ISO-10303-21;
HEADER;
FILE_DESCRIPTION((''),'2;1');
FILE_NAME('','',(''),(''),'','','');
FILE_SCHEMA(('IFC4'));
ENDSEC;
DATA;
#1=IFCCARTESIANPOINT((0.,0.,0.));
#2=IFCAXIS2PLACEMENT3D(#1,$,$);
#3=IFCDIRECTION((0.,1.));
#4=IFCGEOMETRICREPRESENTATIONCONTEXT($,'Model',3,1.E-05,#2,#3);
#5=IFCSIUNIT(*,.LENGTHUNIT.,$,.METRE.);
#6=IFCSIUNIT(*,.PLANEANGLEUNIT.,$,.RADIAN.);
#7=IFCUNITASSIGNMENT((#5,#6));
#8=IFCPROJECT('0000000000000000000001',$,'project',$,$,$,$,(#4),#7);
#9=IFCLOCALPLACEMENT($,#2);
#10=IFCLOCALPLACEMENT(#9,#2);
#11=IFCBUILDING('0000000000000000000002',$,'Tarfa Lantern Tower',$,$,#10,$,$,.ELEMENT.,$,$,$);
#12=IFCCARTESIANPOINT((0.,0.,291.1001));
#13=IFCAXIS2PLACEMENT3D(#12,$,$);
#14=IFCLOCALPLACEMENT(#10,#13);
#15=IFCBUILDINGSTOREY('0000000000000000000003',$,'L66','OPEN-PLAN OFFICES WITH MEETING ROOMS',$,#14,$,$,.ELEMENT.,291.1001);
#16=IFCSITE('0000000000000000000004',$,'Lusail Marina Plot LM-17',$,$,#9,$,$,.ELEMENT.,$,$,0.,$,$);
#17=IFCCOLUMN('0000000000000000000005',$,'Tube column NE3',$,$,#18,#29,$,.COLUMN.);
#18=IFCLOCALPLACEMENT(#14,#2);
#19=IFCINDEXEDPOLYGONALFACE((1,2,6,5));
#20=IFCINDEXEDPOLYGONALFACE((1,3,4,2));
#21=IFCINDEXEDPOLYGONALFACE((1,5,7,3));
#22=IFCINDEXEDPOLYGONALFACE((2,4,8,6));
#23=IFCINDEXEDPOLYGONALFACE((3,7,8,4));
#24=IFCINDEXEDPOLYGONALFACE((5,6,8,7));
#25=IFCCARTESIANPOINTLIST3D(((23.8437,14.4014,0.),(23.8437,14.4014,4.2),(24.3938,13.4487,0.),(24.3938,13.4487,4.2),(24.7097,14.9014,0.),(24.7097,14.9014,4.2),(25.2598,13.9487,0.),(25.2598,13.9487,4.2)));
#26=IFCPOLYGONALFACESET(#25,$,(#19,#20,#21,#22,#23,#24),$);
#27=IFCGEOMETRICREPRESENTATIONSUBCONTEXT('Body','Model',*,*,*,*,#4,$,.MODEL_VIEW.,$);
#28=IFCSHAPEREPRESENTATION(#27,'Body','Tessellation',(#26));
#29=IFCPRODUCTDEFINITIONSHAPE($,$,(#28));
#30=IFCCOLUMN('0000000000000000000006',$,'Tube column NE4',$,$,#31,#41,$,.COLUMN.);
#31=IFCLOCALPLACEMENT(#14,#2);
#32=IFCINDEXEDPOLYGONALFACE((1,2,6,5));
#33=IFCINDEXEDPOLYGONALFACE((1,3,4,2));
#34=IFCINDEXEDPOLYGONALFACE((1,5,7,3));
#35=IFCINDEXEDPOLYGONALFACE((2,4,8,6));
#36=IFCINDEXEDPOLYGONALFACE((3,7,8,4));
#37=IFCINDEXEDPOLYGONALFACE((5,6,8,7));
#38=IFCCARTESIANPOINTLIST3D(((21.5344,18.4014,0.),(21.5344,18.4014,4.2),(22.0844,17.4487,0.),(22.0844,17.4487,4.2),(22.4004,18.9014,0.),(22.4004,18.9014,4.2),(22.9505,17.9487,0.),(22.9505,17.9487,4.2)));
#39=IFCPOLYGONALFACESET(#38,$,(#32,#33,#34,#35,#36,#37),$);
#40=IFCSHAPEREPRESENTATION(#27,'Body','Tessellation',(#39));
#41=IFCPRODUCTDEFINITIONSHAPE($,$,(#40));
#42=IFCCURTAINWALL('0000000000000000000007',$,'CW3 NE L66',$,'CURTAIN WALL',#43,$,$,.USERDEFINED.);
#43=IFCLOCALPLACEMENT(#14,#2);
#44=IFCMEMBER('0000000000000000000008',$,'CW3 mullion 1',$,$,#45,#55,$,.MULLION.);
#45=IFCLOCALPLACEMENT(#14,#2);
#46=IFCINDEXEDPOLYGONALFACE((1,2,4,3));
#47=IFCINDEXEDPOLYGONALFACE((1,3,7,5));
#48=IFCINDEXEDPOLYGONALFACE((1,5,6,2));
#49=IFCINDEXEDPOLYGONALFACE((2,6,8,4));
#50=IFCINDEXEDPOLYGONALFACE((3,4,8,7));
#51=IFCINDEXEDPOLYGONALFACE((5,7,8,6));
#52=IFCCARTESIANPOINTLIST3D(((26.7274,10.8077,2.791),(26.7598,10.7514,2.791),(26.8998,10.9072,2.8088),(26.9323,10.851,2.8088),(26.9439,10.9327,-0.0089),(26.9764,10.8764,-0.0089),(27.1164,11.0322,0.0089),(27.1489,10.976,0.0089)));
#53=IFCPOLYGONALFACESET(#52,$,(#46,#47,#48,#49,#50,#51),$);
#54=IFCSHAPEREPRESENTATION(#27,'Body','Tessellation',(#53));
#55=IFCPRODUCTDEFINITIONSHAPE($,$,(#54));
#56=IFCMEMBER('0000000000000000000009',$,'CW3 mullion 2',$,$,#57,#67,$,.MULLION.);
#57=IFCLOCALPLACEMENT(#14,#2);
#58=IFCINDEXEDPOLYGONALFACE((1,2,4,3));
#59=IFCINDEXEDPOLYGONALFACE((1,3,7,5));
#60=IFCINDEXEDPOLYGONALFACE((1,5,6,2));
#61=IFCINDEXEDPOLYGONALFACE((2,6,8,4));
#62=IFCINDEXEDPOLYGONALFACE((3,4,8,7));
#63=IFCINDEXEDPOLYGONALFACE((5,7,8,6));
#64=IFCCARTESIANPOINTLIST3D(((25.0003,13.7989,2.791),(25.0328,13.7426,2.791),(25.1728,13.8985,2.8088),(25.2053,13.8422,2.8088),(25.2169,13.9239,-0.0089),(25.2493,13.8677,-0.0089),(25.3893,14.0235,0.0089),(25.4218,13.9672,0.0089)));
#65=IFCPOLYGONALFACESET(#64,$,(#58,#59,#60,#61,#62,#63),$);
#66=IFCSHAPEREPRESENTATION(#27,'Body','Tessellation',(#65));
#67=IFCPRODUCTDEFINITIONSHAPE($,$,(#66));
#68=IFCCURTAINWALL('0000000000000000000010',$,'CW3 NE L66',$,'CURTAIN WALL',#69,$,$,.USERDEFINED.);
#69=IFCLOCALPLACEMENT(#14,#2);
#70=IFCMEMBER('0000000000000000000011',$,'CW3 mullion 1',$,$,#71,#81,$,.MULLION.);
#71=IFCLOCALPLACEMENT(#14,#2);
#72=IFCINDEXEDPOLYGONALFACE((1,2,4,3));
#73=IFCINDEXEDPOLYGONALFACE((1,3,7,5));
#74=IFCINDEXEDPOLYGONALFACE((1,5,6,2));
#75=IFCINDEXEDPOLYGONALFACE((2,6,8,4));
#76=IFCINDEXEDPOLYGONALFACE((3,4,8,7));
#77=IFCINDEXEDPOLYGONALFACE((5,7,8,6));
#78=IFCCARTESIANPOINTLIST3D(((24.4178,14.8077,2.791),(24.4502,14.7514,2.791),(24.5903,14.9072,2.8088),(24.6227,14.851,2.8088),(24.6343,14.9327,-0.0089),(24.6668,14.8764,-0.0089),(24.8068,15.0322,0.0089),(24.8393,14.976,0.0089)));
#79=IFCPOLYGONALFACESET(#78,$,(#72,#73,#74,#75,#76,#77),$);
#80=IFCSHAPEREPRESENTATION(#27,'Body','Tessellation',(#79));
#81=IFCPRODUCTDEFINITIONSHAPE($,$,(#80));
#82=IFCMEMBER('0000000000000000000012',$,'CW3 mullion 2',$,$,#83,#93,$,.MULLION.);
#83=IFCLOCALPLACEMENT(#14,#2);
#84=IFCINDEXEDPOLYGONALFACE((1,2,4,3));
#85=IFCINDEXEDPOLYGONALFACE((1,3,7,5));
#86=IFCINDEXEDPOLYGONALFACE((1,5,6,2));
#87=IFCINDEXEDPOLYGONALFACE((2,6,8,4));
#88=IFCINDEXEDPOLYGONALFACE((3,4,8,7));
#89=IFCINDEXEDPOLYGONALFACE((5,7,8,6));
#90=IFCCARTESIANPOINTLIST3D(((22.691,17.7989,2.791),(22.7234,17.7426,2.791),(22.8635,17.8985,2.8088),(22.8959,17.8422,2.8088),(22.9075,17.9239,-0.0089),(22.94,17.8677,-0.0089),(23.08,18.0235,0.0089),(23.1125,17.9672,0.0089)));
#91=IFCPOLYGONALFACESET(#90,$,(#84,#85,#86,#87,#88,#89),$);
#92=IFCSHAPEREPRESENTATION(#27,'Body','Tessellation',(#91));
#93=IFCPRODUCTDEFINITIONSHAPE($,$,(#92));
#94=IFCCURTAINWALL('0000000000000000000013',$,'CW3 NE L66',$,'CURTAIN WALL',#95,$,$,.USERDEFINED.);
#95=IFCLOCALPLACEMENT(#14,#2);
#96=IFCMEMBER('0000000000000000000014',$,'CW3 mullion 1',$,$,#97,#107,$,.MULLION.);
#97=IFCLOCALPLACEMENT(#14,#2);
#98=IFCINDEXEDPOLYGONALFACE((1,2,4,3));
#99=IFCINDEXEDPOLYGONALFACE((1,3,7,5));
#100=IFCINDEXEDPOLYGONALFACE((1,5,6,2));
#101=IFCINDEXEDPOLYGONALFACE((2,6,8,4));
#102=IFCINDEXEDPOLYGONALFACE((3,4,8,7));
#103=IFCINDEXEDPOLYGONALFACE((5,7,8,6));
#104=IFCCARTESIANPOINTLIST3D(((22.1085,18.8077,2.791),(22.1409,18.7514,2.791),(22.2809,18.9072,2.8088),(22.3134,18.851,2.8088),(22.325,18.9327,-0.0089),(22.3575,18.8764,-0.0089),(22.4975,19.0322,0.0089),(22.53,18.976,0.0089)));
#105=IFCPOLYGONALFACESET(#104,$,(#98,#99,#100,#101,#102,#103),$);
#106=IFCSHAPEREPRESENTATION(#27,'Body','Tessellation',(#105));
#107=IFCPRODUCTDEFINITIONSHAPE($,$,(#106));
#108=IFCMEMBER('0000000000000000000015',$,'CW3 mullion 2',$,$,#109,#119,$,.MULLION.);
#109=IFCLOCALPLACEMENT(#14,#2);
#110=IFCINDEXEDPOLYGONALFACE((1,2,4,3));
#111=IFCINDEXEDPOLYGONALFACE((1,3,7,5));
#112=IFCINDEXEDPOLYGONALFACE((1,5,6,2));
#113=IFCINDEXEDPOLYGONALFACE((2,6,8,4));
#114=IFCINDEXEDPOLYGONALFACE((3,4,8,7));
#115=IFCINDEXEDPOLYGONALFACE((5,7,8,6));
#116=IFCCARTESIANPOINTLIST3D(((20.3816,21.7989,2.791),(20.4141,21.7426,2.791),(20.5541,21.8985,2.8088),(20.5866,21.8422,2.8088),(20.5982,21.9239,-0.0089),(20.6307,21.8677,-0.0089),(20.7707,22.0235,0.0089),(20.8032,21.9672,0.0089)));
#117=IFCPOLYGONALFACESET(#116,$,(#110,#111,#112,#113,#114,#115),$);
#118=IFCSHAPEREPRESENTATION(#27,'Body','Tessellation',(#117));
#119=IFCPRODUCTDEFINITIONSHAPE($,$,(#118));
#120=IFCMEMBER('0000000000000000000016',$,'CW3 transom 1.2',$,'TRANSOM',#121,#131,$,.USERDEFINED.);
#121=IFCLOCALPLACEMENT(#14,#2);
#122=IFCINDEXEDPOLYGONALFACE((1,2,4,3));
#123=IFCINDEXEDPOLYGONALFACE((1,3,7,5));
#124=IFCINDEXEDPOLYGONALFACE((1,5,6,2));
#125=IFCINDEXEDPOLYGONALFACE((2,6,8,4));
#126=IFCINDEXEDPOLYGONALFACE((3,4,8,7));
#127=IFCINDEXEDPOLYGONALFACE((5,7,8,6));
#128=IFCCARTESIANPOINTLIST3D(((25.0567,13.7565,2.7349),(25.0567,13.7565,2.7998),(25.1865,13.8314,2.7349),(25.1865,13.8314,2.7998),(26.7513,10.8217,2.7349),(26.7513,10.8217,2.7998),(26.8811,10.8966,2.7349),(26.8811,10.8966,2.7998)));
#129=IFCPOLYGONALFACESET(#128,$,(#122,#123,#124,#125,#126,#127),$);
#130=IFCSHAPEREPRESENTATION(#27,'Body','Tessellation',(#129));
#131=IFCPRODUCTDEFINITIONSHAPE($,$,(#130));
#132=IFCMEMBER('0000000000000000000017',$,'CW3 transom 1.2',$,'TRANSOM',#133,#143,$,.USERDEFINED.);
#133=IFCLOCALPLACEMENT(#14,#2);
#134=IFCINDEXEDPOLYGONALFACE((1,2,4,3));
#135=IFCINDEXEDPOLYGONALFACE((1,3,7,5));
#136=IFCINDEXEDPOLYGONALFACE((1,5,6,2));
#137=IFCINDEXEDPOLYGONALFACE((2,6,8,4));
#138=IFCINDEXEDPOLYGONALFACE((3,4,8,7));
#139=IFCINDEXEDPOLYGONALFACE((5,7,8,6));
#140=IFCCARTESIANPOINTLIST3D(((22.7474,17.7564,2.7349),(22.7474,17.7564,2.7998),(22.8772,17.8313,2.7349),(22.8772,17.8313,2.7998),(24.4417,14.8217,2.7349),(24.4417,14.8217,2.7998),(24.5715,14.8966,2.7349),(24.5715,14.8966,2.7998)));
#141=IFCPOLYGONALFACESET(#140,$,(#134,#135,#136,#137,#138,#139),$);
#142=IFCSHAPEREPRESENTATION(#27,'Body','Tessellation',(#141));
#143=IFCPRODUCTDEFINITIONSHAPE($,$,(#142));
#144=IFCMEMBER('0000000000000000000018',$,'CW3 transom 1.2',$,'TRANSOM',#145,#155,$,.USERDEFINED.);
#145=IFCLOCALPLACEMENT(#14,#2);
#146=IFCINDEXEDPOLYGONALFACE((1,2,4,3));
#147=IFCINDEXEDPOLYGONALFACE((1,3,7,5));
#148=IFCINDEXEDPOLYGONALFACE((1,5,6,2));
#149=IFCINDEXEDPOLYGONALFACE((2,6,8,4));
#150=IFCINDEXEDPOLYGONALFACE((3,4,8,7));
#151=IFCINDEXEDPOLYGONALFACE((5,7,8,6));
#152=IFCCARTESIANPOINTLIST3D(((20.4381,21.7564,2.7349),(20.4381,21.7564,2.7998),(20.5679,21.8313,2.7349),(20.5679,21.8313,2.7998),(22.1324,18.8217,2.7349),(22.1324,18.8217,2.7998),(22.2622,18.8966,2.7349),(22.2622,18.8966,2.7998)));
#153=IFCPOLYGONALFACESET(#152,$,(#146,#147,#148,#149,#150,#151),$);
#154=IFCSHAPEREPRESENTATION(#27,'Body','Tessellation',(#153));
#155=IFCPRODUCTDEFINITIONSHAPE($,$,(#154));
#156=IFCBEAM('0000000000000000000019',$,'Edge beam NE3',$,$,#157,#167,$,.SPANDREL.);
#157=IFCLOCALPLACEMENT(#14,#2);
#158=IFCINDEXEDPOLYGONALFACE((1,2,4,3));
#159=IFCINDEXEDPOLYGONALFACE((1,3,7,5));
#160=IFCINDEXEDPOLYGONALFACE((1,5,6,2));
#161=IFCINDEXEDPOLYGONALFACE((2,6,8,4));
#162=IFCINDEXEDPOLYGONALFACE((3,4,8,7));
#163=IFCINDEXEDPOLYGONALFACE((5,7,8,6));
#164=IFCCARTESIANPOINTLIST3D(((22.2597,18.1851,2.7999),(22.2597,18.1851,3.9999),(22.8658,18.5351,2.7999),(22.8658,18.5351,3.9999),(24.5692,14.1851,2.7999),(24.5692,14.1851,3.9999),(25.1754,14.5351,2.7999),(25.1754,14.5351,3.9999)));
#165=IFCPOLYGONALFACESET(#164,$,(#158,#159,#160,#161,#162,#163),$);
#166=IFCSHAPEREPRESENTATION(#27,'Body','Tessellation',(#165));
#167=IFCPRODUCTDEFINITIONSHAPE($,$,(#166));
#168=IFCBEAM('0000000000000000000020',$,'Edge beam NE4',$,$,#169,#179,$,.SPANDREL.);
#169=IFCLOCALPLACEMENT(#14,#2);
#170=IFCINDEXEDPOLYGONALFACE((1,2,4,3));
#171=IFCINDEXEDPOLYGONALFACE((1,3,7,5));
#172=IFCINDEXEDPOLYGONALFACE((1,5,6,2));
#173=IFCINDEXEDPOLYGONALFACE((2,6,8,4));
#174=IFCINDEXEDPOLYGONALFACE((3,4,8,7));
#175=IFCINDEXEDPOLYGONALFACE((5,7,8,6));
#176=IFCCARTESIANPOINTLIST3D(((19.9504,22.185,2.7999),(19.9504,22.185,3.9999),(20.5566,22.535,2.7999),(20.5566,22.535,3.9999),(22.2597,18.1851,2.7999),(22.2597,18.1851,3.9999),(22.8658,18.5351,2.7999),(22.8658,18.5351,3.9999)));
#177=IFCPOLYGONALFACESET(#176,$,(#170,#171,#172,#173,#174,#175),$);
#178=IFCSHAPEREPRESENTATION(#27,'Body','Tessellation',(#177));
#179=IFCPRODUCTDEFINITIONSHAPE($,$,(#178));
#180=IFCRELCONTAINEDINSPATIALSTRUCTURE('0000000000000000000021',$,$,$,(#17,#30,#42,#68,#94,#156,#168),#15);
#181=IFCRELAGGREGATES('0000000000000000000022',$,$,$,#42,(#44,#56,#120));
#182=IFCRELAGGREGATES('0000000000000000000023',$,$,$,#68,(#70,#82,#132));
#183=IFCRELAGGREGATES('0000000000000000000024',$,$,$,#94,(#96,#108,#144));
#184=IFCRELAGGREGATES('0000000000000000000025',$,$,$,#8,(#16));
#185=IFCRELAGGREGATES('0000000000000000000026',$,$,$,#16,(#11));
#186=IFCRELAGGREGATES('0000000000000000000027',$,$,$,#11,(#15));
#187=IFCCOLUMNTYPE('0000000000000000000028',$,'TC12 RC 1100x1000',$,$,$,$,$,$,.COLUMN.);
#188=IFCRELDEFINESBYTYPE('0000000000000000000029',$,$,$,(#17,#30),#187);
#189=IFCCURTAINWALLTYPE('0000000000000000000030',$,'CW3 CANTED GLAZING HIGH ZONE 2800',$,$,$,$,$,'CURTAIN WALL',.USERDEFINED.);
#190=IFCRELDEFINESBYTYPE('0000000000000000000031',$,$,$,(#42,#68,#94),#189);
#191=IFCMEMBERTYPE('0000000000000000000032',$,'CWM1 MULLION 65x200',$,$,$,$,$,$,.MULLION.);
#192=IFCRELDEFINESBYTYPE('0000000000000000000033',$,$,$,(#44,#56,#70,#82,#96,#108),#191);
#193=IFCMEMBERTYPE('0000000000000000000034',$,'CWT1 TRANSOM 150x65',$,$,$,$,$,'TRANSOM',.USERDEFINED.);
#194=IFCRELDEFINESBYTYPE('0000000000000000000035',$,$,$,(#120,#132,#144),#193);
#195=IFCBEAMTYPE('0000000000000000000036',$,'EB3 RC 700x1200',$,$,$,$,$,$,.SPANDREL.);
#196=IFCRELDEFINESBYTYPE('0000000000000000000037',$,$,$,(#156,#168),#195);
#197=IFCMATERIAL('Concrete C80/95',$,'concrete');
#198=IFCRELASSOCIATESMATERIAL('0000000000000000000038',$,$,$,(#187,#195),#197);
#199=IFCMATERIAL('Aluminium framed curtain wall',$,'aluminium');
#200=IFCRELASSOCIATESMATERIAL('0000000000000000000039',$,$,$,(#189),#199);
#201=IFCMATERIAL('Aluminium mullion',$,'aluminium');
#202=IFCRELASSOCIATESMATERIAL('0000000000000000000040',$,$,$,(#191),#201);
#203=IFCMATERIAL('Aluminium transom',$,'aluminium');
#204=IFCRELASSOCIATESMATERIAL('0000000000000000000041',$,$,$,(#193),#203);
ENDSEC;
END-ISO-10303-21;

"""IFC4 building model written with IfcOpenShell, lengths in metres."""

from ifc_helpers import new_model, si_unit, direction, frame, origin, origin_2d, place, context, subcontext, project, spatial, rectangle, extrude, material, material_profile, profile_set, type_object, element, aggregate, save


model = new_model("IFC4")

# Units and contexts
model_context = context("Model", 3, precision=1e-05, world=origin(), true_north=direction((0.0, 1.0)))
body_context = subcontext(model_context, "Body", "Model", "MODEL_VIEW")
ifc_project = project(units=[si_unit("LENGTHUNIT", "METRE"), si_unit("PLANEANGLEUNIT", "RADIAN")], contexts=[model_context])

# Site, building, storey
site_placement = place(None, origin())
site = spatial("IfcSite", under=ifc_project, at=site_placement, Name="Lusail Marina Plot LM-17", CompositionType="ELEMENT", RefElevation=0.0)
building_placement = place(site_placement, origin())
building = spatial("IfcBuilding", under=site, at=building_placement, Name="Tarfa Lantern Tower", CompositionType="ELEMENT")
storey_placement = place(building_placement, frame((0.0, 0.0, 291.1001)))
storey = spatial("IfcBuildingStorey", under=building, at=storey_placement, Name="L66", Description="OPEN-PLAN OFFICES WITH MEETING ROOMS", CompositionType="ELEMENT", Elevation=291.1001)

# Columns
ifc_material_1 = material(Name="Concrete C80/95", Category="concrete")
ifc_material_profile_1 = material_profile(ifc_material_1, rectangle(XDim=1.1001, YDim=1.0, at=origin_2d()), Name="RC 1100x1000")
ifc_profile_set_1 = profile_set([ifc_material_profile_1], Name="Concrete C80/95")
column_type = type_object("IfcColumnType", Name="TC12 RC 1100x1000", PredefinedType="COLUMN", material=ifc_profile_set_1)
for number, where, z_axis, x_axis, name in (
    (1, (24.5518, 14.175, 0.0), (0.0, 0.0, 1.0), (-0.5, 0.866025, 0.0), "Tube column NE3"),
    (2, (22.2424, 18.175, 0.0), (0.0, 0.0, 1.0), (-0.5, 0.866025, 0.0), "Tube column NE4"),
):
    element("IfcColumn", number, at=place(storey_placement, frame(where, z_axis=z_axis, x_axis=x_axis)), inside=storey, type_object=column_type, Name=name, PredefinedType="COLUMN", context=body_context, shape_type="SweptSolid", body=[
        extrude(rectangle(XDim=1.1001, YDim=1.0, at=origin_2d()), origin(), (0.0, 0.0, 1.0), 4.2),
    ])

# Curtain walls, members
ifc_material_2 = material(Name="Aluminium framed curtain wall", Category="aluminium")
curtain_wall_type = type_object("IfcCurtainWallType", Name="CW3 CANTED GLAZING HIGH ZONE 2800", ElementType="CURTAIN WALL", PredefinedType="USERDEFINED", material=ifc_material_2)
curtain_wall_1_placement = place(storey_placement, origin())
curtain_wall_1 = element("IfcCurtainWall", 3, at=curtain_wall_1_placement, inside=storey, type_object=curtain_wall_type, Name="CW3 NE L66", ObjectType="CURTAIN WALL", PredefinedType="USERDEFINED")
ifc_material_3 = material(Name="Aluminium mullion", Category="aluminium")
ifc_material_profile_2 = material_profile(ifc_material_3, rectangle(XDim=0.0649, YDim=0.2, at=origin_2d()), Name="AL MULLION 65x200")
ifc_profile_set_2 = profile_set([ifc_material_profile_2], Name="Aluminium mullion")
member_type_1 = type_object("IfcMemberType", Name="CWM1 MULLION 65x200", PredefinedType="MULLION", material=ifc_profile_set_2)
member_1_placement = place(storey_placement, frame((27.0464, 10.9543, 0.0), z_axis=(-0.077039, -0.044469, 0.996036), x_axis=(0.49992, -0.866072, 0.0)))
member_1 = element("IfcMember", 4, at=member_1_placement, type_object=member_type_1, Name="CW3 mullion 1", PredefinedType="MULLION", context=body_context, shape_type="SweptSolid", body=[
    extrude(rectangle(XDim=0.0649, YDim=0.2, at=origin_2d()), origin(), (0.0, 0.0, 1.0), 2.811),
])
member_2_placement = place(storey_placement, frame((25.3193, 13.9456, 0.0), z_axis=(-0.077039, -0.044469, 0.996036), x_axis=(0.49992, -0.866072, 0.0)))
member_2 = element("IfcMember", 5, at=member_2_placement, type_object=member_type_1, Name="CW3 mullion 2", PredefinedType="MULLION", context=body_context, shape_type="SweptSolid", body=[
    extrude(rectangle(XDim=0.0649, YDim=0.2, at=origin_2d()), origin(), (0.0, 0.0, 1.0), 2.811),
])
curtain_wall_2_placement = place(storey_placement, origin())
curtain_wall_2 = element("IfcCurtainWall", 6, at=curtain_wall_2_placement, inside=storey, type_object=curtain_wall_type, Name="CW3 NE L66", ObjectType="CURTAIN WALL", PredefinedType="USERDEFINED")
member_3_placement = place(storey_placement, frame((24.7368, 14.9543, 0.0), z_axis=(-0.077039, -0.044469, 0.996036), x_axis=(0.49992, -0.866072, 0.0)))
member_3 = element("IfcMember", 7, at=member_3_placement, type_object=member_type_1, Name="CW3 mullion 1", PredefinedType="MULLION", context=body_context, shape_type="SweptSolid", body=[
    extrude(rectangle(XDim=0.0649, YDim=0.2, at=origin_2d()), origin(), (0.0, 0.0, 1.0), 2.811),
])
member_4_placement = place(storey_placement, frame((23.01, 17.9456, 0.0), z_axis=(-0.077039, -0.044469, 0.996036), x_axis=(0.49992, -0.866072, 0.0)))
member_4 = element("IfcMember", 8, at=member_4_placement, type_object=member_type_1, Name="CW3 mullion 2", PredefinedType="MULLION", context=body_context, shape_type="SweptSolid", body=[
    extrude(rectangle(XDim=0.0649, YDim=0.2, at=origin_2d()), origin(), (0.0, 0.0, 1.0), 2.811),
])
curtain_wall_3_placement = place(storey_placement, origin())
curtain_wall_3 = element("IfcCurtainWall", 9, at=curtain_wall_3_placement, inside=storey, type_object=curtain_wall_type, Name="CW3 NE L66", ObjectType="CURTAIN WALL", PredefinedType="USERDEFINED")
member_5_placement = place(storey_placement, frame((22.4275, 18.9543, 0.0), z_axis=(-0.077039, -0.044469, 0.996036), x_axis=(0.49992, -0.866072, 0.0)))
member_5 = element("IfcMember", 10, at=member_5_placement, type_object=member_type_1, Name="CW3 mullion 1", PredefinedType="MULLION", context=body_context, shape_type="SweptSolid", body=[
    extrude(rectangle(XDim=0.0649, YDim=0.2, at=origin_2d()), origin(), (0.0, 0.0, 1.0), 2.811),
])
member_6_placement = place(storey_placement, frame((20.7007, 21.9456, 0.0), z_axis=(-0.077039, -0.044469, 0.996036), x_axis=(0.49992, -0.866072, 0.0)))
member_6 = element("IfcMember", 11, at=member_6_placement, type_object=member_type_1, Name="CW3 mullion 2", PredefinedType="MULLION", context=body_context, shape_type="SweptSolid", body=[
    extrude(rectangle(XDim=0.0649, YDim=0.2, at=origin_2d()), origin(), (0.0, 0.0, 1.0), 2.811),
])

# Members
ifc_material_4 = material(Name="Aluminium transom", Category="aluminium")
ifc_material_profile_3 = material_profile(ifc_material_4, rectangle(XDim=0.1499, YDim=0.0649, at=origin_2d()), Name="AL TRANSOM 150x65")
ifc_profile_set_3 = profile_set([ifc_material_profile_3], Name="Aluminium transom")
member_type_2 = type_object("IfcMemberType", Name="CWT1 TRANSOM 150x65", ElementType="TRANSOM", PredefinedType="USERDEFINED", material=ifc_profile_set_3)
member_7_placement = place(storey_placement, frame((26.8162, 10.8591, 2.7673), z_axis=(-0.500036, 0.866004, 0.0), x_axis=(-0.866004, -0.500036, 0.0)))
member_7 = element("IfcMember", 12, at=member_7_placement, type_object=member_type_2, Name="CW3 transom 1.2", ObjectType="TRANSOM", PredefinedType="USERDEFINED", context=body_context, shape_type="SweptSolid", body=[
    extrude(rectangle(XDim=0.1499, YDim=0.0649, at=origin_2d()), origin(), (0.0, 0.0, 1.0), 3.3889),
])
member_8_placement = place(storey_placement, frame((24.5066, 14.8591, 2.7673), z_axis=(-0.499982, 0.866036, 0.0), x_axis=(-0.866036, -0.499982, 0.0)))
member_8 = element("IfcMember", 13, at=member_8_placement, type_object=member_type_2, Name="CW3 transom 1.2", ObjectType="TRANSOM", PredefinedType="USERDEFINED", context=body_context, shape_type="SweptSolid", body=[
    extrude(rectangle(XDim=0.1499, YDim=0.0649, at=origin_2d()), origin(), (0.0, 0.0, 1.0), 3.3887),
])
member_9_placement = place(storey_placement, frame((22.1973, 18.8591, 2.7673), z_axis=(-0.499982, 0.866036, 0.0), x_axis=(-0.866036, -0.499982, 0.0)))
member_9 = element("IfcMember", 14, at=member_9_placement, type_object=member_type_2, Name="CW3 transom 1.2", ObjectType="TRANSOM", PredefinedType="USERDEFINED", context=body_context, shape_type="SweptSolid", body=[
    extrude(rectangle(XDim=0.1499, YDim=0.0649, at=origin_2d()), origin(), (0.0, 0.0, 1.0), 3.3887),
])

# Beams
ifc_material_profile_4 = material_profile(ifc_material_1, rectangle(XDim=0.7, YDim=1.2, at=origin_2d()), Name="RC 700x1200")
ifc_profile_set_4 = profile_set([ifc_material_profile_4], Name="Concrete C80/95")
beam_type_1 = type_object("IfcBeamType", Name="EB3 RC 700x1200", PredefinedType="SPANDREL", material=ifc_profile_set_4)
beam_1_placement = place(storey_placement, frame((24.8723, 14.3601, 3.3999), z_axis=(-0.500027, 0.86601, 0.0), x_axis=(-0.86601, -0.500027, 0.0)))
element("IfcBeam", 15, at=beam_1_placement, inside=storey, type_object=beam_type_1, Name="Edge beam NE3", PredefinedType="SPANDREL", context=body_context, shape_type="SweptSolid", body=[
    extrude(rectangle(XDim=0.7, YDim=1.2, at=origin_2d()), origin(), (0.0, 0.0, 1.0), 4.6189),
])
beam_2_placement = place(storey_placement, frame((22.5627, 18.3601, 3.3999), z_axis=(-0.499988, 0.866032, 0.0), x_axis=(-0.866032, -0.499988, 0.0)))
element("IfcBeam", 16, at=beam_2_placement, inside=storey, type_object=beam_type_1, Name="Edge beam NE4", PredefinedType="SPANDREL", context=body_context, shape_type="SweptSolid", body=[
    extrude(rectangle(XDim=0.7, YDim=1.2, at=origin_2d()), origin(), (0.0, 0.0, 1.0), 4.6187),
])

aggregate(curtain_wall_1, [member_1, member_2, member_7])
aggregate(curtain_wall_2, [member_3, member_4, member_8])
aggregate(curtain_wall_3, [member_5, member_6, member_9])

save(model, "model.ifc")
